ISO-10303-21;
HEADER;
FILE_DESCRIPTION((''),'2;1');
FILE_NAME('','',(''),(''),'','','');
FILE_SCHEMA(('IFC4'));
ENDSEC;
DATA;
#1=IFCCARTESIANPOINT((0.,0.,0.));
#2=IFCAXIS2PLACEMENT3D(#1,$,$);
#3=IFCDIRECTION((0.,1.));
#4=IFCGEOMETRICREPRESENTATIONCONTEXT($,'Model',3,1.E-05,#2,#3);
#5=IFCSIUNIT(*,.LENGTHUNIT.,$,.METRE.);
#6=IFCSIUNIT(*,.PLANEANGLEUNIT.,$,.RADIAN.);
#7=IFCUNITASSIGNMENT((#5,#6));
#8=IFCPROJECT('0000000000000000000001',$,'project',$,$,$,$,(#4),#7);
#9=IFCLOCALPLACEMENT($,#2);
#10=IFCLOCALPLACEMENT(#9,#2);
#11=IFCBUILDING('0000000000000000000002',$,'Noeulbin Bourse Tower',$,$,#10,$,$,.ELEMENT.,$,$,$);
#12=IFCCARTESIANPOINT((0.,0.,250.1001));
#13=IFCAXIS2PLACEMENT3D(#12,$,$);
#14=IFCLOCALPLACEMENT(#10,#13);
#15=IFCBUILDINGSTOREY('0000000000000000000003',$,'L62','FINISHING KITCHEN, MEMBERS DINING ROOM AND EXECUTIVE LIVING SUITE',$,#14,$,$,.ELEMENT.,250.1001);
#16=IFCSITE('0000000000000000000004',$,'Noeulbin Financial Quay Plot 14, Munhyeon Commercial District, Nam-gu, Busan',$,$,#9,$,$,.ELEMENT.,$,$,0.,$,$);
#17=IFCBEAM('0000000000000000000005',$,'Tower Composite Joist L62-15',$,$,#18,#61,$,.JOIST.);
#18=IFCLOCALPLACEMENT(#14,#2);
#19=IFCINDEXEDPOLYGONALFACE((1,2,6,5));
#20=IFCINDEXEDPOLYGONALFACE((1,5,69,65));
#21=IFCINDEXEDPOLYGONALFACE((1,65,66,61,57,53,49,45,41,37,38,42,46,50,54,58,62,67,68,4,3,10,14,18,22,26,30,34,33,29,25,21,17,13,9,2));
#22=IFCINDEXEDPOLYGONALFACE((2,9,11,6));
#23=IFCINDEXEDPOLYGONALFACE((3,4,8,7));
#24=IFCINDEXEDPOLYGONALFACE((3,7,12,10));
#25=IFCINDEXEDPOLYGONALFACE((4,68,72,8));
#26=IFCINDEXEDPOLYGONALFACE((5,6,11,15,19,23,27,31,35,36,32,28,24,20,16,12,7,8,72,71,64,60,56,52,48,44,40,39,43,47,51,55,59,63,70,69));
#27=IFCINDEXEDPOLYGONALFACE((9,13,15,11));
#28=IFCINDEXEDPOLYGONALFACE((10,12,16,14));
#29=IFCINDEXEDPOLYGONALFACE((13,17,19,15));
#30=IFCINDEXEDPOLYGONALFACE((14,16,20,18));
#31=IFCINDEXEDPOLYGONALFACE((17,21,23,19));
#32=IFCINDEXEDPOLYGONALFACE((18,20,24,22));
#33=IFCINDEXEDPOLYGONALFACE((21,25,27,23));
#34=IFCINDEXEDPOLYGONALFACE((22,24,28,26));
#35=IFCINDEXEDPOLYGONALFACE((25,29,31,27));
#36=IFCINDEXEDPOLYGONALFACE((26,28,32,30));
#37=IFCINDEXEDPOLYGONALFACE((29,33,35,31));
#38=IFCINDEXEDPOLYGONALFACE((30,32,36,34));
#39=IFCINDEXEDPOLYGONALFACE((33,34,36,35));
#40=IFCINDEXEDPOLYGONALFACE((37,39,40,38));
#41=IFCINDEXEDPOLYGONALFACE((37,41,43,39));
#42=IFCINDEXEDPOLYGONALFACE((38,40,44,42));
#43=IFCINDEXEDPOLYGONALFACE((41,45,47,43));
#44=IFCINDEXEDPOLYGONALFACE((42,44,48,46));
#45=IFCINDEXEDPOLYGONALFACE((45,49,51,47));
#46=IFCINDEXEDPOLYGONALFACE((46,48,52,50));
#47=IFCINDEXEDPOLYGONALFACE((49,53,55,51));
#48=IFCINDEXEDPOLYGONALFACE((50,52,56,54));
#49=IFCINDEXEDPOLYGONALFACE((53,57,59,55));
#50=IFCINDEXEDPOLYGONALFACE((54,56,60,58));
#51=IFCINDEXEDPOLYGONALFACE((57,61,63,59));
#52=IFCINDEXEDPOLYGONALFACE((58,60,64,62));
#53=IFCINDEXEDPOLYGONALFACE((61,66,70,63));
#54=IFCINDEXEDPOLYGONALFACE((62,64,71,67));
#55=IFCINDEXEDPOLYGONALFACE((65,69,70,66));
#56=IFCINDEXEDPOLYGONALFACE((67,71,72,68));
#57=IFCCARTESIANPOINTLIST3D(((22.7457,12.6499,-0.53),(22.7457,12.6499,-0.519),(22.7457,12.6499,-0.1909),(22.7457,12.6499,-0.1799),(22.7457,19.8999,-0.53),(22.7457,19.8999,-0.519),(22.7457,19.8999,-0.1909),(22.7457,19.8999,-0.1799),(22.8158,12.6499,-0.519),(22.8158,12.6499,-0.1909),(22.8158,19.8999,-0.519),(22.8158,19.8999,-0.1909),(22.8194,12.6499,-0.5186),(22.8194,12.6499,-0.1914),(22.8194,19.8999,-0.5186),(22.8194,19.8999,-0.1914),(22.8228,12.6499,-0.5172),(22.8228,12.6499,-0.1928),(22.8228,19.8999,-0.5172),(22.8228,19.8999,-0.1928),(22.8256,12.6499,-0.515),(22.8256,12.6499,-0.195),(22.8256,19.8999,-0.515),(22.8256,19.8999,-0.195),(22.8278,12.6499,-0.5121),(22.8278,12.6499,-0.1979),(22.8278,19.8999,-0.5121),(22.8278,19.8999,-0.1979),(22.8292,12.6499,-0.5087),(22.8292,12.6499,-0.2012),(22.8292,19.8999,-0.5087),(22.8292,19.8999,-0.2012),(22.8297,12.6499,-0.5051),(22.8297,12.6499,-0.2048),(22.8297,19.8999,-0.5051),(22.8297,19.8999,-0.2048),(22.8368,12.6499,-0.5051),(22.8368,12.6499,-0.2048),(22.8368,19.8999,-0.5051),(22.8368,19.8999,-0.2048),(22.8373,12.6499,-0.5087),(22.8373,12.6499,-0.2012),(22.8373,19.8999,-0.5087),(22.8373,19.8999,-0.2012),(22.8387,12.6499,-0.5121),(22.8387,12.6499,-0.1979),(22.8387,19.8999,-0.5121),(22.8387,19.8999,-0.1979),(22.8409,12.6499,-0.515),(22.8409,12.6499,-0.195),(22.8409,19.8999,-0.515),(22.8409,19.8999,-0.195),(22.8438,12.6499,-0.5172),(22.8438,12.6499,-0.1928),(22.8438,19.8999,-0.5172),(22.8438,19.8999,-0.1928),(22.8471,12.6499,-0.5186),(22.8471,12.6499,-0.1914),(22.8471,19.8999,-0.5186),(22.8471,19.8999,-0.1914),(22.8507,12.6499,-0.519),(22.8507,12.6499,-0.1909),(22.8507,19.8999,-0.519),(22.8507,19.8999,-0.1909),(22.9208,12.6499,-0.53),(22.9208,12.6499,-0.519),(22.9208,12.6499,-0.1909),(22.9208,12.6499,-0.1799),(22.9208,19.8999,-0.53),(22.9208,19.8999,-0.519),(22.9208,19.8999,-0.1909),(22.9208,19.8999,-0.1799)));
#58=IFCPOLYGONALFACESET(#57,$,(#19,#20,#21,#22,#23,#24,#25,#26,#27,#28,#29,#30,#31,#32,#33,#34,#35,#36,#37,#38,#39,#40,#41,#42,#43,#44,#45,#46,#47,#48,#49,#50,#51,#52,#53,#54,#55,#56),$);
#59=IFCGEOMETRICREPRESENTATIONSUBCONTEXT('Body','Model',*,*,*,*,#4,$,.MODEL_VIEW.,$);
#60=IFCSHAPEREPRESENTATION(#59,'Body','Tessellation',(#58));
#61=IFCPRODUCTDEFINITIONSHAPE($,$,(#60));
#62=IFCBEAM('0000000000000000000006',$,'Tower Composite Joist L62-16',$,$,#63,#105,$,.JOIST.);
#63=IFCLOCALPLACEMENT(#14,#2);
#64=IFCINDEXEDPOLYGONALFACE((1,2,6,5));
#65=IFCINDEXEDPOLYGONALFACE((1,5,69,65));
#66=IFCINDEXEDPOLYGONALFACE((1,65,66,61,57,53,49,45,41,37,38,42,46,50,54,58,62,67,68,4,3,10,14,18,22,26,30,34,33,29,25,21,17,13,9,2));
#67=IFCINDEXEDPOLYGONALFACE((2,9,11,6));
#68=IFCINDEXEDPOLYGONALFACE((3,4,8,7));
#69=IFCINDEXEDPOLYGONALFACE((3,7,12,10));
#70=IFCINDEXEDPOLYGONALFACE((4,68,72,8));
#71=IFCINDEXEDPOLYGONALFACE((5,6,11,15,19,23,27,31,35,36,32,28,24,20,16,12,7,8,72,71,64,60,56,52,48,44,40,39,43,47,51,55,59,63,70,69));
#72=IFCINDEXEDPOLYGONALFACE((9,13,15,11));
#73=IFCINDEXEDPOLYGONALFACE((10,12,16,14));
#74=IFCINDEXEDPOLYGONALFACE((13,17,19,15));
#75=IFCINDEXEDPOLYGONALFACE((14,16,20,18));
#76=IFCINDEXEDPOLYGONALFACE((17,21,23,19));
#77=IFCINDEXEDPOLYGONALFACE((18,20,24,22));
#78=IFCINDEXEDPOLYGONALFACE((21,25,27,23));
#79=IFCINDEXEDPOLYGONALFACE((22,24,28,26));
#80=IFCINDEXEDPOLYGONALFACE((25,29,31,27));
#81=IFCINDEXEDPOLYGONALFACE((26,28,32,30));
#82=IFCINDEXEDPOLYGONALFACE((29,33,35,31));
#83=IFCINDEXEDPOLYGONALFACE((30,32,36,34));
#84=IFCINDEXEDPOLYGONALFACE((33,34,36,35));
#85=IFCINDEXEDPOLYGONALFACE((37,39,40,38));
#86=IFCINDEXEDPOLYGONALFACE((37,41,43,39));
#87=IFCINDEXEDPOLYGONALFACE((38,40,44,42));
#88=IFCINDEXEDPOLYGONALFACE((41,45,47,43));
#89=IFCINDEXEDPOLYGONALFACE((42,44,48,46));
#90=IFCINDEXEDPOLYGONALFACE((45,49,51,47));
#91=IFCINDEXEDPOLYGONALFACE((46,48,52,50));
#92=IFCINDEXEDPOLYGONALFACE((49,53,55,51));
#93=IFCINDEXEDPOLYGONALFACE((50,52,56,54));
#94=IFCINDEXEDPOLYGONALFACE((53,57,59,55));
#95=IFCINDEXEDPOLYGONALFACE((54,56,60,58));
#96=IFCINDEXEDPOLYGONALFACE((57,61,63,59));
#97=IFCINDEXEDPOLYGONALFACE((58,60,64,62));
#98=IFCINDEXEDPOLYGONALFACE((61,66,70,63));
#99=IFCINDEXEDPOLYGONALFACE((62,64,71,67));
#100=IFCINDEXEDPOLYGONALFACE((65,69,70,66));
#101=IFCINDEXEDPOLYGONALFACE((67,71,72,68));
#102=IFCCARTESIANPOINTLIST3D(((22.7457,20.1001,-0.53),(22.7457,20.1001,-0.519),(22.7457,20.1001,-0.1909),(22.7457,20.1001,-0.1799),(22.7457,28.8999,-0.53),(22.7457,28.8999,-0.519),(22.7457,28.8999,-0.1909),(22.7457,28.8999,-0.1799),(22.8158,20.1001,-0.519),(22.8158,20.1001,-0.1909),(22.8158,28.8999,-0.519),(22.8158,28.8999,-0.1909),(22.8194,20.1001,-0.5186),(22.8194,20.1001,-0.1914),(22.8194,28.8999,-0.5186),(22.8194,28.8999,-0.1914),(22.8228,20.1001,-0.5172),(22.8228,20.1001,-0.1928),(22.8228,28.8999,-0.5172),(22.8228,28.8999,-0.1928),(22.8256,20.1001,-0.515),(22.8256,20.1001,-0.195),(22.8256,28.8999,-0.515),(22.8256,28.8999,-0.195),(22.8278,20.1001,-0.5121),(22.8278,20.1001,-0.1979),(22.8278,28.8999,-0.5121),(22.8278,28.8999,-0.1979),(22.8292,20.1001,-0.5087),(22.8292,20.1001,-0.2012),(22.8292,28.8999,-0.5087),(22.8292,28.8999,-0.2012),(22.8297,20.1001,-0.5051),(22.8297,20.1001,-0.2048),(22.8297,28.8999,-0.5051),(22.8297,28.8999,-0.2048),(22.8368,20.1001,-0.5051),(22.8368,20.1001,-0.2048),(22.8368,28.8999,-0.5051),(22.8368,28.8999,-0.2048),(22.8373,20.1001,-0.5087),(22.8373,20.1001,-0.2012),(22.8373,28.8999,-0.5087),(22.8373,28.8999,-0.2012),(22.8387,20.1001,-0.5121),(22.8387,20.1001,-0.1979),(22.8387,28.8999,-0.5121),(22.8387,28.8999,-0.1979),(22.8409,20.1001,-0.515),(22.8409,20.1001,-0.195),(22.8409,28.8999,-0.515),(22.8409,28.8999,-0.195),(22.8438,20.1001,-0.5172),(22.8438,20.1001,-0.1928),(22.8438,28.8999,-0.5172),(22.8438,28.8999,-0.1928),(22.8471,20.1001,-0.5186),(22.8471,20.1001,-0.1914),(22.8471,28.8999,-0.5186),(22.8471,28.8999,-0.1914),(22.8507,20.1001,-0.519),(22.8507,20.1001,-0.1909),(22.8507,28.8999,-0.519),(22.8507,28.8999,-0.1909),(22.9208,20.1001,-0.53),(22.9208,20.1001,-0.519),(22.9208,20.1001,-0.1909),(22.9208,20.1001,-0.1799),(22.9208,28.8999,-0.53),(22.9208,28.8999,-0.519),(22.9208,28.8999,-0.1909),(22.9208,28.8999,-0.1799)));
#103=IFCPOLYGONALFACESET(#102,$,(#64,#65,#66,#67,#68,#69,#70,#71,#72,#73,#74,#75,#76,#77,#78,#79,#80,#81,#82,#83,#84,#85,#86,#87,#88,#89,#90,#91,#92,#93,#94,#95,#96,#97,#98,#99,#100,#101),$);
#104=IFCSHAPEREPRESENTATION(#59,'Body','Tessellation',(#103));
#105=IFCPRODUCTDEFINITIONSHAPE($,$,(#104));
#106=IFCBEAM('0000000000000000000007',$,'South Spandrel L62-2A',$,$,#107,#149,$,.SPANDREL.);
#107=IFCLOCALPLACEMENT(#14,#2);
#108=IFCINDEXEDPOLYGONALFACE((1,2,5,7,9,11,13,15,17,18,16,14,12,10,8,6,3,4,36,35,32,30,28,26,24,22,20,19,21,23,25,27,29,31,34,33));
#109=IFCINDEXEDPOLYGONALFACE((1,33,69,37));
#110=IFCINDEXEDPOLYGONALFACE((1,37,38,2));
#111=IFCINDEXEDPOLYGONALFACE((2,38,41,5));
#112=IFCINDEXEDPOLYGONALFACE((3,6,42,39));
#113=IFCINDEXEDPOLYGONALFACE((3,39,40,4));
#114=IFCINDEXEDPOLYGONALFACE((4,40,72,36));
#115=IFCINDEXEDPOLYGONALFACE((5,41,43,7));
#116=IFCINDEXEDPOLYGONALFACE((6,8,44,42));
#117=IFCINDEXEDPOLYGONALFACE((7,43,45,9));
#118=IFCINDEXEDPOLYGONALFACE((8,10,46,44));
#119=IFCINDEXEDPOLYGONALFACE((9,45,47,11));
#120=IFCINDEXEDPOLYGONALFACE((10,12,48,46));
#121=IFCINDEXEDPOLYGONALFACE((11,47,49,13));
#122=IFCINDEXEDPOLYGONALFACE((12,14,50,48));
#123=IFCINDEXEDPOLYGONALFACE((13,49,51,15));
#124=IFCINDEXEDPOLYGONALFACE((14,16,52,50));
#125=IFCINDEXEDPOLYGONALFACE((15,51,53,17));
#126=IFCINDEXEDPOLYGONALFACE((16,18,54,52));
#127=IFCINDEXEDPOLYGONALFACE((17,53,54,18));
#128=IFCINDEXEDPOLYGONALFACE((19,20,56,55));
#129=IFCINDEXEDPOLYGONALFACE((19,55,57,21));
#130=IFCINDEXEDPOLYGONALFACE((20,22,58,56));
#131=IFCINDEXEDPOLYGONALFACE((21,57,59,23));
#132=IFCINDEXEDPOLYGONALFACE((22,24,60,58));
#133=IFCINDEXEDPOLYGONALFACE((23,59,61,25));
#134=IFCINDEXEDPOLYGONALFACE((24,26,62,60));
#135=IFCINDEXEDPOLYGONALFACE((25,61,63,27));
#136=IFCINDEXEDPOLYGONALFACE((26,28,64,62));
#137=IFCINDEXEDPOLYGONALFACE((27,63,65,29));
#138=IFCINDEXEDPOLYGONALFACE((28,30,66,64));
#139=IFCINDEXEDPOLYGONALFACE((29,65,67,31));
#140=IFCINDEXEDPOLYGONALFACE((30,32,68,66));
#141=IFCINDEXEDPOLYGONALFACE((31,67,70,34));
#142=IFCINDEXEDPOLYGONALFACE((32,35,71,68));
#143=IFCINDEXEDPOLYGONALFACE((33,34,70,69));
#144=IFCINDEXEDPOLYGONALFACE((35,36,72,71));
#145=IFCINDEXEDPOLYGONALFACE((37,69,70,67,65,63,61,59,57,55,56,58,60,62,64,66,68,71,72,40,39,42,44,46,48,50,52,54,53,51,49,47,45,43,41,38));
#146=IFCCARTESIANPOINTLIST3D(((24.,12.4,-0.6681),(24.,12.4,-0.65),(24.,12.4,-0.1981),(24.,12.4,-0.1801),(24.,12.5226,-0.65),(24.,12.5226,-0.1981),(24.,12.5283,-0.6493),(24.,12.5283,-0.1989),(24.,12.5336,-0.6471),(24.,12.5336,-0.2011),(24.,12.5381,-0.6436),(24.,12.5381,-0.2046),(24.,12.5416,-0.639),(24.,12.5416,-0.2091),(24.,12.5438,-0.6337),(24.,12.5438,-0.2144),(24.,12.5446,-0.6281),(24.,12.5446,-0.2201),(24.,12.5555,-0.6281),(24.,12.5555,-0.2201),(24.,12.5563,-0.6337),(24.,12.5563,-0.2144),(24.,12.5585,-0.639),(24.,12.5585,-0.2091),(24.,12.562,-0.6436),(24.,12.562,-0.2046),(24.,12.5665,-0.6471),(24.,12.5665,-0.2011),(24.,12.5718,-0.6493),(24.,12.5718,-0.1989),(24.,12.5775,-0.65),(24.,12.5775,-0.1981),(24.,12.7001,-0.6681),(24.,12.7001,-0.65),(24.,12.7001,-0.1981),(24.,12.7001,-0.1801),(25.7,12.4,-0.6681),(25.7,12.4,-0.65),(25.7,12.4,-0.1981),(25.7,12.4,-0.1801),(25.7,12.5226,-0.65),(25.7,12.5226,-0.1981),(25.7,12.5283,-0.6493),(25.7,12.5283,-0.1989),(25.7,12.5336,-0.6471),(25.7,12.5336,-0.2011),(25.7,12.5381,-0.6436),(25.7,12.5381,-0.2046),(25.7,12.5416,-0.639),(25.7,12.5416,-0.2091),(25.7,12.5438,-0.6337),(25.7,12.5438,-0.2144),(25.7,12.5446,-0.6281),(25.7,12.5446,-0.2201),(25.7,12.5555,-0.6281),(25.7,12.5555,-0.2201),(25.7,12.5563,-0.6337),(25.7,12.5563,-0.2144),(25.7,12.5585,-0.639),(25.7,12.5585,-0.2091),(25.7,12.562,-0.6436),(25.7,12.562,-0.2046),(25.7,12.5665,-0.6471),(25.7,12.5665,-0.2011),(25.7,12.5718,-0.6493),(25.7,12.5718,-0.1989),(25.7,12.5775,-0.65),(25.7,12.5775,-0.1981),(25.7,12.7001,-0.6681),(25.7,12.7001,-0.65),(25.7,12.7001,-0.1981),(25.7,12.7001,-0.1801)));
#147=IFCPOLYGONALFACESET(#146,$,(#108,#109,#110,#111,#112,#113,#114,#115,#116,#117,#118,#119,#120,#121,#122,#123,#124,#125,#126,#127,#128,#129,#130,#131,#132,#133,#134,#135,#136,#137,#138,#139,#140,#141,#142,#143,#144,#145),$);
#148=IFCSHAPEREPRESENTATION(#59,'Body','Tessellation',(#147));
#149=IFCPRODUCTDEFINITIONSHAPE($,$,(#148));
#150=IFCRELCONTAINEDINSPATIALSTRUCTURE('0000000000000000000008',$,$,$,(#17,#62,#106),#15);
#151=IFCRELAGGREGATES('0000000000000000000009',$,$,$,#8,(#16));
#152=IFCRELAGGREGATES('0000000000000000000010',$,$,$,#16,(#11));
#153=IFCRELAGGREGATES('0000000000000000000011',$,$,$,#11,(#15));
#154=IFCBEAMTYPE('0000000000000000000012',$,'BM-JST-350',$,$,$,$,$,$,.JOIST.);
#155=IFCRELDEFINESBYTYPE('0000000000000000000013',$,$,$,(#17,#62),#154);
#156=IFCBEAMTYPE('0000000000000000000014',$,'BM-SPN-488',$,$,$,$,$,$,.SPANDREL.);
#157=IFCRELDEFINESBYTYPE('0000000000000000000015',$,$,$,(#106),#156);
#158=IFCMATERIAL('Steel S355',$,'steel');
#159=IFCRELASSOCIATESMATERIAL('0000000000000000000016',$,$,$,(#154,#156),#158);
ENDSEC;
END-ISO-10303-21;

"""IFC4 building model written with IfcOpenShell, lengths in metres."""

from ifc_helpers import new_model, si_unit, direction, frame, origin, origin_2d, place, context, subcontext, project, spatial, i_section, extrude, material, material_profile, profile_set, type_object, element, save


model = new_model("IFC4")

# Units and contexts
model_context = context("Model", 3, precision=1e-05, world=origin(), true_north=direction((0.0, 1.0)))
body_context = subcontext(model_context, "Body", "Model", "MODEL_VIEW")
ifc_project = project(units=[si_unit("LENGTHUNIT", "METRE"), si_unit("PLANEANGLEUNIT", "RADIAN")], contexts=[model_context])

# Site, building, storey
site_placement = place(None, origin())
site = spatial("IfcSite", under=ifc_project, at=site_placement, Name="Noeulbin Financial Quay Plot 14, Munhyeon Commercial District, Nam-gu, Busan", CompositionType="ELEMENT", RefElevation=0.0)
building_placement = place(site_placement, origin())
building = spatial("IfcBuilding", under=site, at=building_placement, Name="Noeulbin Bourse Tower", CompositionType="ELEMENT")
storey_placement = place(building_placement, frame((0.0, 0.0, 250.1001)))
storey = spatial("IfcBuildingStorey", under=building, at=storey_placement, Name="L62", Description="FINISHING KITCHEN, MEMBERS DINING ROOM AND EXECUTIVE LIVING SUITE", CompositionType="ELEMENT", Elevation=250.1001)

# Shared definitions
ifc_material_1 = material(Name="Steel S355", Category="steel")

# Beams
ifc_material_profile_1 = material_profile(ifc_material_1, i_section(OverallWidth=0.175, OverallDepth=0.3501, WebThickness=0.0071, FlangeThickness=0.011, FilletRadius=0.0139, at=origin_2d()), Name="H-350x175x7x11", Category="LoadBearing")
ifc_profile_set_1 = profile_set([ifc_material_profile_1], Name="Steel S355")
beam_type_1 = type_object("IfcBeamType", Name="BM-JST-350", PredefinedType="JOIST", material=ifc_profile_set_1)
beam_1_placement = place(storey_placement, frame((22.8333, 12.6499, -0.355), z_axis=(0.0, 1.0, 0.0), x_axis=(-1.0, 0.0, 0.0)))
element("IfcBeam", 1, at=beam_1_placement, inside=storey, type_object=beam_type_1, Name="Tower Composite Joist L62-15", PredefinedType="JOIST", context=body_context, shape_type="SweptSolid", body=[
    extrude(i_section(OverallWidth=0.175, OverallDepth=0.3501, WebThickness=0.0071, FlangeThickness=0.011, FilletRadius=0.0139, at=origin_2d()), origin(), (0.0, 0.0, 1.0), 7.25),
])
beam_2_placement = place(storey_placement, frame((22.8333, 20.1001, -0.355), z_axis=(0.0, 1.0, 0.0), x_axis=(-1.0, 0.0, 0.0)))
element("IfcBeam", 2, at=beam_2_placement, inside=storey, type_object=beam_type_1, Name="Tower Composite Joist L62-16", PredefinedType="JOIST", context=body_context, shape_type="SweptSolid", body=[
    extrude(i_section(OverallWidth=0.175, OverallDepth=0.3501, WebThickness=0.0071, FlangeThickness=0.011, FilletRadius=0.0139, at=origin_2d()), origin(), (0.0, 0.0, 1.0), 8.7998),
])
ifc_material_profile_2 = material_profile(ifc_material_1, i_section(OverallWidth=0.3, OverallDepth=0.488, WebThickness=0.011, FlangeThickness=0.0181, FilletRadius=0.022, at=origin_2d()), Name="H-488x300x11x18", Category="LoadBearing")
ifc_profile_set_2 = profile_set([ifc_material_profile_2], Name="Steel S355")
beam_type_2 = type_object("IfcBeamType", Name="BM-SPN-488", PredefinedType="SPANDREL", material=ifc_profile_set_2)
beam_3_placement = place(storey_placement, frame((24.0, 12.55, -0.4241), z_axis=(1.0, 0.0, 0.0), x_axis=(0.0, 1.0, 0.0)))
element("IfcBeam", 3, at=beam_3_placement, inside=storey, type_object=beam_type_2, Name="South Spandrel L62-2A", PredefinedType="SPANDREL", context=body_context, shape_type="SweptSolid", body=[
    extrude(i_section(OverallWidth=0.3, OverallDepth=0.488, WebThickness=0.011, FlangeThickness=0.0181, FilletRadius=0.022, at=origin_2d()), origin(), (0.0, 0.0, 1.0), 1.7),
])

save(model, "model.ifc")
